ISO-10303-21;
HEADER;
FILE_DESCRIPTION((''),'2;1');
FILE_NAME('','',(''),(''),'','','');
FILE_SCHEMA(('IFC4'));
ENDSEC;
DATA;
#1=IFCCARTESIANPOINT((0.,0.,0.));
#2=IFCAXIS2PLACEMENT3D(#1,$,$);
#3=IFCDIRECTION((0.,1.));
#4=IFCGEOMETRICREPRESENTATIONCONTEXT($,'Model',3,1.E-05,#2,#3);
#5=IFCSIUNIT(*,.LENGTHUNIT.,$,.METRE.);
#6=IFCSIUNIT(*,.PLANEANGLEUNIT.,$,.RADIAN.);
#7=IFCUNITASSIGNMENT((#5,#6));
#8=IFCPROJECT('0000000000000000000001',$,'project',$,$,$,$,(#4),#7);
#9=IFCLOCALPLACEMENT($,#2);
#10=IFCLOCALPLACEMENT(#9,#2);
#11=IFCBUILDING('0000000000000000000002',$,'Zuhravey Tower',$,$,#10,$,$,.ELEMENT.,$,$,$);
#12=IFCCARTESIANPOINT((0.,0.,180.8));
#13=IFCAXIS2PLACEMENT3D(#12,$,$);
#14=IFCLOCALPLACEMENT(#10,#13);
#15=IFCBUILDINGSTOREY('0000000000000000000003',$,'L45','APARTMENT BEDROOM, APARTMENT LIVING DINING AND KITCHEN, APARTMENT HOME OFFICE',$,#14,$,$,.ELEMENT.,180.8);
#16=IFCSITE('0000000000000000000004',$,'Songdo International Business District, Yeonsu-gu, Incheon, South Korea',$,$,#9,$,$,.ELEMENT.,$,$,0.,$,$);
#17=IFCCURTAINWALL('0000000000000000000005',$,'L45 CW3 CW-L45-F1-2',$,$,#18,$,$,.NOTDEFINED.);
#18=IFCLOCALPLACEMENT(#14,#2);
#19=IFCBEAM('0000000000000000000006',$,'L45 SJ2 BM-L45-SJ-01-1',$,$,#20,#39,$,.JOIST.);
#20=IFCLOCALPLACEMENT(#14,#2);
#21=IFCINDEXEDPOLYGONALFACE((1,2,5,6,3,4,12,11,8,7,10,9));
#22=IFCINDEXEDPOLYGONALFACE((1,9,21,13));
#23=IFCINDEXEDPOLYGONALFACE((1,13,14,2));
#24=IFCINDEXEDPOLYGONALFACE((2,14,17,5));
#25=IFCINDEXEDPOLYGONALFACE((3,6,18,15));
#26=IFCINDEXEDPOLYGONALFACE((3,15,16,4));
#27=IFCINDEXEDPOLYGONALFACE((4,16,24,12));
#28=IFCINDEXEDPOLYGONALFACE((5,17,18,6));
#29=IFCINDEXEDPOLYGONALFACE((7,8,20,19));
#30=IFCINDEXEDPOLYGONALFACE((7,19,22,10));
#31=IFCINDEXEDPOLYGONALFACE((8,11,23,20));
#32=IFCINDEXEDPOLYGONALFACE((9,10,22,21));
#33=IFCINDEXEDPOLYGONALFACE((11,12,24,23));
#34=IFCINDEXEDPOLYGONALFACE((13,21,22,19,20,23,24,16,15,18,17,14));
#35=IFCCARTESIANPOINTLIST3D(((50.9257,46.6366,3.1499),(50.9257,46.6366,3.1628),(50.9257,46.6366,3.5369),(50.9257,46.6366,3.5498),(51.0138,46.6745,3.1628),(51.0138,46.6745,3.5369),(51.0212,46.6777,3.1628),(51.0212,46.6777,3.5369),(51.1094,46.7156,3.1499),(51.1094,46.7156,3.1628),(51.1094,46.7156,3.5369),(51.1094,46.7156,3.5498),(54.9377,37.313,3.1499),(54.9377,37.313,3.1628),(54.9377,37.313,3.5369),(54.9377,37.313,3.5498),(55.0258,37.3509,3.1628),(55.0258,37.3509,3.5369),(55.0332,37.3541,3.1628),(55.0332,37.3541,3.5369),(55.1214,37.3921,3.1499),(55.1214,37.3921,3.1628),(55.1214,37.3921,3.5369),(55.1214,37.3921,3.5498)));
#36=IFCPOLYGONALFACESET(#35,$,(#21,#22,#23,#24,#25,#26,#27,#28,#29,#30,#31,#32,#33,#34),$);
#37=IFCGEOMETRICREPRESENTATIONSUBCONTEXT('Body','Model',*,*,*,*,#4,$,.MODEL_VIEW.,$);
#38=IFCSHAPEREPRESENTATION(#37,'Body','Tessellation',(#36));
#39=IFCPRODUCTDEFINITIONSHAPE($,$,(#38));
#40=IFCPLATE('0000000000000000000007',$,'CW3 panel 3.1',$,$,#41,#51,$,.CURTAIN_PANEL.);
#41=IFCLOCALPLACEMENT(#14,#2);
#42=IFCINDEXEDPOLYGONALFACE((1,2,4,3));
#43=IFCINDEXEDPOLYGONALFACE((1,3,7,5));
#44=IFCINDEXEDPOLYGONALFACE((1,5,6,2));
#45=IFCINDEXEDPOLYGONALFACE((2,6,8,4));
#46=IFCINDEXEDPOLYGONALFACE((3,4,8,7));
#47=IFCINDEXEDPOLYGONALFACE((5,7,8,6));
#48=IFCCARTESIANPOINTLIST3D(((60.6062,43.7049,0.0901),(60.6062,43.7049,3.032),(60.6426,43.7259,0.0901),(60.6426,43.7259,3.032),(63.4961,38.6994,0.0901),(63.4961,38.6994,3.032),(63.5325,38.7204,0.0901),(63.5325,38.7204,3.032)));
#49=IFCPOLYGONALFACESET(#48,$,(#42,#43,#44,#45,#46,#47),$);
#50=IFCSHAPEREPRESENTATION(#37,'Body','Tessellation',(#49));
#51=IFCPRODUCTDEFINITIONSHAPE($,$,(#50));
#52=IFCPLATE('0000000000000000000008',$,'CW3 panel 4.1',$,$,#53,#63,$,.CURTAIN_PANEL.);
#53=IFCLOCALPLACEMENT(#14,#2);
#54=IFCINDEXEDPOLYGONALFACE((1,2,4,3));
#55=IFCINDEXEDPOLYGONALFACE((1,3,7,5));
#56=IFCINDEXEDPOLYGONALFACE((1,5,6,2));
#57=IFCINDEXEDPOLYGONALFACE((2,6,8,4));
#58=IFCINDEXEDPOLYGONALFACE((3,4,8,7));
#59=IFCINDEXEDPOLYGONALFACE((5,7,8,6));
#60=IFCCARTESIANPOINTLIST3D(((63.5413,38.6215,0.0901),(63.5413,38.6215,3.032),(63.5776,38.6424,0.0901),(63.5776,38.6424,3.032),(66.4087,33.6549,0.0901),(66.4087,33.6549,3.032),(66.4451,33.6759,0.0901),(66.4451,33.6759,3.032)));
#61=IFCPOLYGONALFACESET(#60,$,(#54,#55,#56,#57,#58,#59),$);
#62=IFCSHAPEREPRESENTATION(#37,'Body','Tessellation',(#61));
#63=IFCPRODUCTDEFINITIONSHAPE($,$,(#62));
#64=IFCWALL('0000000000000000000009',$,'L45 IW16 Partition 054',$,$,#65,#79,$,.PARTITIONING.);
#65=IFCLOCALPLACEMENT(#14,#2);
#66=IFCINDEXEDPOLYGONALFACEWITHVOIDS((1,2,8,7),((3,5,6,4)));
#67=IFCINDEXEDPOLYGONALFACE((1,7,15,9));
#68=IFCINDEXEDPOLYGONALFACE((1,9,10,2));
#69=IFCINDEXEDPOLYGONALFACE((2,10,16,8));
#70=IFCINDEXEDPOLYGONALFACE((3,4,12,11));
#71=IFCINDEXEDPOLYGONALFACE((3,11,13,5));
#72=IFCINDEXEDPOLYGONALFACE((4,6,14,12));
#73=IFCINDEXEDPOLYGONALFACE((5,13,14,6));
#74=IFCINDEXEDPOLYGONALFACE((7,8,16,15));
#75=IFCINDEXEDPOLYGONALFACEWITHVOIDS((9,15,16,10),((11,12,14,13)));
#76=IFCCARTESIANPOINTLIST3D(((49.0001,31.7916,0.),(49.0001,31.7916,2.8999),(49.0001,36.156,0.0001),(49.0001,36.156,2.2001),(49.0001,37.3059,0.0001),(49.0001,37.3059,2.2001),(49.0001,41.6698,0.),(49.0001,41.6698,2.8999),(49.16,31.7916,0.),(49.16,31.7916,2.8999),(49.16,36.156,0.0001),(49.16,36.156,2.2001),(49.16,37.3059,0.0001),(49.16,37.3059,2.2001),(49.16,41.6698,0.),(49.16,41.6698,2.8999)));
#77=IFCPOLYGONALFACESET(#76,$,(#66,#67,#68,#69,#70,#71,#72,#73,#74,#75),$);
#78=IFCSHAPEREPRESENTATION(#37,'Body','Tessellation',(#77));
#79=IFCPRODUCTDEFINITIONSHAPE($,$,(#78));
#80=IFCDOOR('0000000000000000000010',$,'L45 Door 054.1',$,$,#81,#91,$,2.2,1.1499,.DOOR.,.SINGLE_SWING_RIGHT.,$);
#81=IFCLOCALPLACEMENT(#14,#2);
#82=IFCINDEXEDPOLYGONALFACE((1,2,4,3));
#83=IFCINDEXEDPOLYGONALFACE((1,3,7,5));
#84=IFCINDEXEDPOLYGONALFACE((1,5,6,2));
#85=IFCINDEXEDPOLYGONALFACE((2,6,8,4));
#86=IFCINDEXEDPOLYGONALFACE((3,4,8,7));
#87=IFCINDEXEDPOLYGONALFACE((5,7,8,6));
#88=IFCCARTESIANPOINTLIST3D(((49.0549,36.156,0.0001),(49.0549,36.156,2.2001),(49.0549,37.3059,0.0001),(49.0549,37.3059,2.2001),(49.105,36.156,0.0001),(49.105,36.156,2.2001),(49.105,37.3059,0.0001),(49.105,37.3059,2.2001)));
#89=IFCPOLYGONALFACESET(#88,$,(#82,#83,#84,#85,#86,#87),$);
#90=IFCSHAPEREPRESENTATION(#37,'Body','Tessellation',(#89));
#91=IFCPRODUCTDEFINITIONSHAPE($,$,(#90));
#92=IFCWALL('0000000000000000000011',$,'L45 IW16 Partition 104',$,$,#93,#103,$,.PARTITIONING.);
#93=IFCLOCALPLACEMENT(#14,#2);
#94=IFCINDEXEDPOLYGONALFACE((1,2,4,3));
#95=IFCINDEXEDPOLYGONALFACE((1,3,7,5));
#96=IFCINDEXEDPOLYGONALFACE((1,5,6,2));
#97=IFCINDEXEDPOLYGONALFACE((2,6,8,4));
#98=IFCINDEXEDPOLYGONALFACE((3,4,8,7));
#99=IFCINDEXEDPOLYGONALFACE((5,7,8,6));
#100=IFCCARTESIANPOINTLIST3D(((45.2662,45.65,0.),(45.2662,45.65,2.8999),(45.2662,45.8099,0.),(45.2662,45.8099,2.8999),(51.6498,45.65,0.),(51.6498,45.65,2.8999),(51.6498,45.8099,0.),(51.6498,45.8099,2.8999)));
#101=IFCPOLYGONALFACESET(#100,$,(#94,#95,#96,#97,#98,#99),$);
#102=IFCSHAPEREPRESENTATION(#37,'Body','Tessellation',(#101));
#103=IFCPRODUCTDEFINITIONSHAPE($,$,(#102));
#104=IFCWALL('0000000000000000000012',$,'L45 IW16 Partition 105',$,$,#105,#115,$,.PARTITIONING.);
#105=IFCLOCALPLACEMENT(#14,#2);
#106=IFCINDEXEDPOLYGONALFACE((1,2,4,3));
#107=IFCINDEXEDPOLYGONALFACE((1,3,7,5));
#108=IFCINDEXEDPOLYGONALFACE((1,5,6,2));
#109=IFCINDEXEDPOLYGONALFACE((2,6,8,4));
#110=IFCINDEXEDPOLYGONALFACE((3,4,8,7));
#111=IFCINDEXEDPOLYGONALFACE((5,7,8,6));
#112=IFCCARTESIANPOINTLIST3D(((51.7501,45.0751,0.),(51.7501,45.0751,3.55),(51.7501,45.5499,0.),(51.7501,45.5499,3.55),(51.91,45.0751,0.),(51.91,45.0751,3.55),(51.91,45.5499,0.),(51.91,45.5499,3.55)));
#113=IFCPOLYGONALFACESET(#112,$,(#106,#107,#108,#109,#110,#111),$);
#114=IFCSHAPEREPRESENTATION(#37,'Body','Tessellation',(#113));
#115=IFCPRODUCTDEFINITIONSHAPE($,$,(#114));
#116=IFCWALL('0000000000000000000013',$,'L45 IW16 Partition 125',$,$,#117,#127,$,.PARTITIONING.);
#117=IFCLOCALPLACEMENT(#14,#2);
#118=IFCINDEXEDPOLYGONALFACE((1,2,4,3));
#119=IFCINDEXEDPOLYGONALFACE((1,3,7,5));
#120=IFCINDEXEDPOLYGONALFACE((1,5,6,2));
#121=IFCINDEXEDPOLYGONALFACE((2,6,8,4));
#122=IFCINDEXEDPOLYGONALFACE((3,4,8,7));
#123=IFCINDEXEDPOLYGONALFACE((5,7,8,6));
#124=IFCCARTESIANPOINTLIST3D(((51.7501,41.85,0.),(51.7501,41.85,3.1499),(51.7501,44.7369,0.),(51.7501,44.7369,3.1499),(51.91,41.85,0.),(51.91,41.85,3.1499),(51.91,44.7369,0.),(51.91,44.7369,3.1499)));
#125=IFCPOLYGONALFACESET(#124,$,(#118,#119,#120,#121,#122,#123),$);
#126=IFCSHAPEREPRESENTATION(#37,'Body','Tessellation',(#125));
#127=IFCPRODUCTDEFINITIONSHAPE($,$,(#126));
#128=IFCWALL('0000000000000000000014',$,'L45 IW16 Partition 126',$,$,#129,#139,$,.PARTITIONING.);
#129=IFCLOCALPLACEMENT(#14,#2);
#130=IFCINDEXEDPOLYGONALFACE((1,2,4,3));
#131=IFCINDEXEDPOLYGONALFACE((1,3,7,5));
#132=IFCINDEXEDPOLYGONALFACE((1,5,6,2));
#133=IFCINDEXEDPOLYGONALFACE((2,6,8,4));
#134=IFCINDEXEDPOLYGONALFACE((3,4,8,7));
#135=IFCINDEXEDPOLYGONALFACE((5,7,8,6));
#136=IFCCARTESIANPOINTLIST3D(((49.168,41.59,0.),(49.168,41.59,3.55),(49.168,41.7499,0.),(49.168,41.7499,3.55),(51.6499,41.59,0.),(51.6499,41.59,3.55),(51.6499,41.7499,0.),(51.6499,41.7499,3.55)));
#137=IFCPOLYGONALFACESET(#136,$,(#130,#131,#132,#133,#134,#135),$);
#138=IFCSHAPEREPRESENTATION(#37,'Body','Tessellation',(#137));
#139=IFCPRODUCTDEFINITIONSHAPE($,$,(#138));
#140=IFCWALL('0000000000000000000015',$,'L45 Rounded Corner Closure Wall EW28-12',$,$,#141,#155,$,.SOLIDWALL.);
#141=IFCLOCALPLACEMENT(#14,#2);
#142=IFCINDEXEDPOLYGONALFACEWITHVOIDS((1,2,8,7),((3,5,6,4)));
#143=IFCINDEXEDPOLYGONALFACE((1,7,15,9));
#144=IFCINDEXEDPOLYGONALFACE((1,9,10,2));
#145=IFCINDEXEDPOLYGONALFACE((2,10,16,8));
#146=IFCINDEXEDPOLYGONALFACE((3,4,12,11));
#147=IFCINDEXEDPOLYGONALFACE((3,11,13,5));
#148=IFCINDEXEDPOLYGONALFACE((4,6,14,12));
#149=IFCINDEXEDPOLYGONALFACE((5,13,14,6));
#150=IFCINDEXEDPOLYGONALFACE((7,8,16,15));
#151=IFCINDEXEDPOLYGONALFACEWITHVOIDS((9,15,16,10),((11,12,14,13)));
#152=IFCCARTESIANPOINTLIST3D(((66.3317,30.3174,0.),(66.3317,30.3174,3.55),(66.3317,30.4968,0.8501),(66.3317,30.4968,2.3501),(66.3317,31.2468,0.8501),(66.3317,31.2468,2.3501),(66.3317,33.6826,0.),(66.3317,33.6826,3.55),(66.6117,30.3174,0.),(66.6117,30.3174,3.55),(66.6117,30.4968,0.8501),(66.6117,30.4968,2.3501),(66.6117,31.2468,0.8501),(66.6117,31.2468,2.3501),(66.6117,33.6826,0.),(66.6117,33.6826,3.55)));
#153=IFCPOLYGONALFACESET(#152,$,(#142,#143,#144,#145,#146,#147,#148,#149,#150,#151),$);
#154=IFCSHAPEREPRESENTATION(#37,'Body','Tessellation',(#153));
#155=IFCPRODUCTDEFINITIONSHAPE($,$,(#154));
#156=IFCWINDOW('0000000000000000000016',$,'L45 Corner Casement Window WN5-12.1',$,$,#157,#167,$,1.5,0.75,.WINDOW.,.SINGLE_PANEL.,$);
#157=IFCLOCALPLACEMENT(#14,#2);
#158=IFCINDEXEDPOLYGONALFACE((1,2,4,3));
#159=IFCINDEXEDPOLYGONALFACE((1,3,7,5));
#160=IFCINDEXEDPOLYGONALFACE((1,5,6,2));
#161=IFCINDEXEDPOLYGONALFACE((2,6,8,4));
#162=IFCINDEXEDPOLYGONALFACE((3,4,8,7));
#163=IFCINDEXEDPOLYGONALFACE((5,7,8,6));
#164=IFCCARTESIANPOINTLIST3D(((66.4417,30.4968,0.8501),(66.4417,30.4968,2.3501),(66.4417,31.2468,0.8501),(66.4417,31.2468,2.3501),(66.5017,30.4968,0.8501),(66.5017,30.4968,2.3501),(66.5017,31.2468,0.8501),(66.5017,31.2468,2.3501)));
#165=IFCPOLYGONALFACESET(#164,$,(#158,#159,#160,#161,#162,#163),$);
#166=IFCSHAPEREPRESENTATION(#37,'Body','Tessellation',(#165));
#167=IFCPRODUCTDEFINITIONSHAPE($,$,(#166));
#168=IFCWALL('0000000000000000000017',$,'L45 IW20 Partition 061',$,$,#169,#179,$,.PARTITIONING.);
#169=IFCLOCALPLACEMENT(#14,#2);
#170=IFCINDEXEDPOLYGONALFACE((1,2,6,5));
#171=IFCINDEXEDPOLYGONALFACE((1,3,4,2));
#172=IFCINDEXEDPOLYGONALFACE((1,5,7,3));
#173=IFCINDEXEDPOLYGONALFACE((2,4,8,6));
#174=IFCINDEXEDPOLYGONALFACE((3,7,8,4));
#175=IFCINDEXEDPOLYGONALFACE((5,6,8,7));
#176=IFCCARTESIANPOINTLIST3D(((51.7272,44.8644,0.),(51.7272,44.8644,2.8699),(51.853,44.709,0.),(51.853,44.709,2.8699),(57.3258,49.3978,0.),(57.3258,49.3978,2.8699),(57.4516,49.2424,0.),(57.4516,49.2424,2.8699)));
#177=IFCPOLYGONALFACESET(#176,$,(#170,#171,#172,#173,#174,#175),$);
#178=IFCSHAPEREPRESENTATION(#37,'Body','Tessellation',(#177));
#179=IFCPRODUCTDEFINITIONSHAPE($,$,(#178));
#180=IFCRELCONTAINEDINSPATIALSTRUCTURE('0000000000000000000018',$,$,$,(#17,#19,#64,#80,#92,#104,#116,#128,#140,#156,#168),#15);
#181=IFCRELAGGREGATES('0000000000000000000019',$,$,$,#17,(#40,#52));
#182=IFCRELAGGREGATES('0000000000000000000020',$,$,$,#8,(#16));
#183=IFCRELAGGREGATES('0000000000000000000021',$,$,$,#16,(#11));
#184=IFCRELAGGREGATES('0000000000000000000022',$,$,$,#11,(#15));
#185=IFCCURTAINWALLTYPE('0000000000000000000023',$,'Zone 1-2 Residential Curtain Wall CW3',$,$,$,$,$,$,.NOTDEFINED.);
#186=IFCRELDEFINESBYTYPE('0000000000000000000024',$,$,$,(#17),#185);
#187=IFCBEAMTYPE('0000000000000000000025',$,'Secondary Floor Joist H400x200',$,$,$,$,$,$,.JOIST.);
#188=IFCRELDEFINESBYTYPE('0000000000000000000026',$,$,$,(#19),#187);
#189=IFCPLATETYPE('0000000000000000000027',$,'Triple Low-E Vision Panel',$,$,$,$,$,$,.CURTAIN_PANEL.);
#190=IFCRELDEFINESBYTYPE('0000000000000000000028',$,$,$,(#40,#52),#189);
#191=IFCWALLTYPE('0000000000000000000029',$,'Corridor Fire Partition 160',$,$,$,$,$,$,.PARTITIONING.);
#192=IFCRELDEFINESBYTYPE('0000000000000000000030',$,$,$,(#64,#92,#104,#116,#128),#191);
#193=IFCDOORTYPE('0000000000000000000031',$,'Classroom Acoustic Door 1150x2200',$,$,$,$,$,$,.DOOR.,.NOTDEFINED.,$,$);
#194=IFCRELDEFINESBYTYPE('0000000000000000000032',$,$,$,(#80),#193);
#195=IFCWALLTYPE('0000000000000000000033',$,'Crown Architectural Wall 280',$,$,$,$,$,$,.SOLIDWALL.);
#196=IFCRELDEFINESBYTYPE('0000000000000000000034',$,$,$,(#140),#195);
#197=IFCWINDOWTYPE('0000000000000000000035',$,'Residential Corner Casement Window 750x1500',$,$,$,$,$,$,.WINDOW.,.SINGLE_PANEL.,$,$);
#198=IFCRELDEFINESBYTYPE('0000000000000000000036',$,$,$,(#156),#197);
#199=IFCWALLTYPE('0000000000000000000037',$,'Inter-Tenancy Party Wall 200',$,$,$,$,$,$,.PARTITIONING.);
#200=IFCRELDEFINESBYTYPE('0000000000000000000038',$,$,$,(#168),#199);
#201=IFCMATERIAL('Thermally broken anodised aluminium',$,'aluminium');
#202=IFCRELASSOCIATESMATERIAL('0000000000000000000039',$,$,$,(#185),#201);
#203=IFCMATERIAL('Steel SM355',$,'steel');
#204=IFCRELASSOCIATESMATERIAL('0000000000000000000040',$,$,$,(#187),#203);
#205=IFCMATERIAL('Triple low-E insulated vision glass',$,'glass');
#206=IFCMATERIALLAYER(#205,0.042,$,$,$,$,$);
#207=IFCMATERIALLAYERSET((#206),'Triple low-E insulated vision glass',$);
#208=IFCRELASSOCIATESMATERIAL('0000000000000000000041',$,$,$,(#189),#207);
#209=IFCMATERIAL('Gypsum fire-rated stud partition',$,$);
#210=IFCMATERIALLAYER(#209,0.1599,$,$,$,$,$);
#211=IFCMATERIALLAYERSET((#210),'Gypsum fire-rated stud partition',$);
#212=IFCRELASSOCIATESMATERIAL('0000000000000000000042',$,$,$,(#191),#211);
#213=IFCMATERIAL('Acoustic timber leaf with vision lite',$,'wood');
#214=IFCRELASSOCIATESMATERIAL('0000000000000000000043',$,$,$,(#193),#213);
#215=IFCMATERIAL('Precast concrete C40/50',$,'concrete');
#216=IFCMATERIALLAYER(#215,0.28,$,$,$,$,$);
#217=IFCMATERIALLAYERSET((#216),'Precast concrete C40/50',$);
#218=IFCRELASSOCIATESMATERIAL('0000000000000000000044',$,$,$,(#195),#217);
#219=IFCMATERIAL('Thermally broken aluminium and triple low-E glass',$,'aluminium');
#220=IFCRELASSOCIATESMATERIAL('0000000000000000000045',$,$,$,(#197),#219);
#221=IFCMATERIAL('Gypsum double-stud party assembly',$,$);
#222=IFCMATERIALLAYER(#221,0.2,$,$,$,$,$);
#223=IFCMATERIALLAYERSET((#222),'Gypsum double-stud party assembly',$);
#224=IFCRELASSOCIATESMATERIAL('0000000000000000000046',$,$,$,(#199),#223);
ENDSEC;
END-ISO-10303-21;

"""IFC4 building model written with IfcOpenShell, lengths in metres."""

from ifc_helpers import new_model, si_unit, direction, frame, frame_2d, origin, origin_2d, place, context, subcontext, project, spatial, rectangle, i_section, extrude, material, layer, layer_set, material_profile, profile_set, type_object, element, fill, aggregate, save


model = new_model("IFC4")

# Units and contexts
model_context = context("Model", 3, precision=1e-05, world=origin(), true_north=direction((0.0, 1.0)))
body_context = subcontext(model_context, "Body", "Model", "MODEL_VIEW")
ifc_project = project(units=[si_unit("LENGTHUNIT", "METRE"), si_unit("PLANEANGLEUNIT", "RADIAN")], contexts=[model_context])

# Site, building, storey
site_placement = place(None, origin())
site = spatial("IfcSite", under=ifc_project, at=site_placement, Name="Songdo International Business District, Yeonsu-gu, Incheon, South Korea", CompositionType="ELEMENT", RefElevation=0.0)
building_placement = place(site_placement, origin())
building = spatial("IfcBuilding", under=site, at=building_placement, Name="Zuhravey Tower", CompositionType="ELEMENT")
storey_placement = place(building_placement, frame((0.0, 0.0, 180.8)))
storey = spatial("IfcBuildingStorey", under=building, at=storey_placement, Name="L45", Description="APARTMENT BEDROOM, APARTMENT LIVING DINING AND KITCHEN, APARTMENT HOME OFFICE", CompositionType="ELEMENT", Elevation=180.8)

# Curtain wall
ifc_material_1 = material(Name="Thermally broken anodised aluminium", Category="aluminium")
curtain_wall_type = type_object("IfcCurtainWallType", Name="Zone 1-2 Residential Curtain Wall CW3", PredefinedType="NOTDEFINED", material=ifc_material_1)
curtain_wall_placement = place(storey_placement, origin())
curtain_wall = element("IfcCurtainWall", 1, at=curtain_wall_placement, inside=storey, type_object=curtain_wall_type, Name="L45 CW3 CW-L45-F1-2", PredefinedType="NOTDEFINED")

# Beam
ifc_material_2 = material(Name="Steel SM355", Category="steel")
ifc_material_profile_1 = material_profile(ifc_material_2, i_section(OverallWidth=0.2, OverallDepth=0.3999, WebThickness=0.0081, FlangeThickness=0.0129, at=origin_2d()), Name="H-400x200x8x13")
ifc_profile_set_1 = profile_set([ifc_material_profile_1], Name="Steel SM355")
beam_type_1 = type_object("IfcBeamType", Name="Secondary Floor Joist H400x200", PredefinedType="JOIST", material=ifc_profile_set_1)
beam_1_placement = place(storey_placement, frame((55.0295, 37.3525, 3.3499), z_axis=(-0.395266, 0.918567, 0.0), x_axis=(-0.918567, -0.395266, 0.0)))
element("IfcBeam", 2, at=beam_1_placement, inside=storey, type_object=beam_type_1, Name="L45 SJ2 BM-L45-SJ-01-1", PredefinedType="JOIST", context=body_context, shape_type="SweptSolid", body=[
    extrude(i_section(OverallWidth=0.2, OverallDepth=0.3999, WebThickness=0.0081, FlangeThickness=0.0129, at=origin_2d()), origin(), (0.0, 0.0, 1.0), 10.1501),
])

# Plates
ifc_material_3 = material(Name="Triple low-E insulated vision glass", Category="glass")
ifc_layer_1 = layer(ifc_material_3, 0.042)
ifc_layer_set_1 = layer_set([ifc_layer_1], Name="Triple low-E insulated vision glass")
plate_type = type_object("IfcPlateType", Name="Triple Low-E Vision Panel", PredefinedType="CURTAIN_PANEL", material=ifc_layer_set_1)
plate_1_placement = place(storey_placement, frame((62.0693, 41.2126, 0.0901), z_axis=(0.0, 0.0, 1.0), x_axis=(0.500001, -0.866025, 0.0)))
plate_1 = element("IfcPlate", 3, at=plate_1_placement, type_object=plate_type, Name="CW3 panel 3.1", PredefinedType="CURTAIN_PANEL", context=body_context, shape_type="SweptSolid", body=[
    extrude(rectangle(XDim=5.7798, YDim=0.042, at=origin_2d()), origin(), (0.0, 0.0, 1.0), 2.9419),
])
plate_2_placement = place(storey_placement, frame((64.9932, 36.1487, 0.0901), z_axis=(0.0, 0.0, 1.0), x_axis=(0.500001, -0.866025, 0.0)))
plate_2 = element("IfcPlate", 4, at=plate_2_placement, type_object=plate_type, Name="CW3 panel 4.1", PredefinedType="CURTAIN_PANEL", context=body_context, shape_type="SweptSolid", body=[
    extrude(rectangle(XDim=5.7349, YDim=0.042, at=origin_2d()), origin(), (0.0, 0.0, 1.0), 2.9419),
])
aggregate(curtain_wall, [plate_1, plate_2])

# Wall, opening, door
ifc_material_4 = material(Name="Gypsum fire-rated stud partition")
ifc_layer_2 = layer(ifc_material_4, 0.1599)
ifc_layer_set_2 = layer_set([ifc_layer_2], Name="Gypsum fire-rated stud partition")
wall_type_1 = type_object("IfcWallType", Name="Corridor Fire Partition 160", PredefinedType="PARTITIONING", material=ifc_layer_set_2)
wall_1_placement = place(storey_placement, frame((49.0801, 31.7917, 0.0), z_axis=(0.0, 0.0, 1.0), x_axis=(0.0, 1.0, 0.0)))
wall_1 = element("IfcWall", 5, at=wall_1_placement, inside=storey, type_object=wall_type_1, Name="L45 IW16 Partition 054", PredefinedType="PARTITIONING", context=body_context, shape_type="SweptSolid", body=[
    extrude(rectangle(XDim=9.8782, YDim=0.1599, at=frame_2d((4.939, 0.0))), origin(), (0.0, 0.0, 1.0), 2.8999),
])
opening_1_placement = place(wall_1_placement, frame((4.3643, 0.0, 0.0)))
opening_1 = element("IfcOpeningElement", 6, at=opening_1_placement, cuts=wall_1, PredefinedType="OPENING", context=body_context, shape_type="SweptSolid", body=[
    extrude(rectangle(XDim=1.1499, YDim=2.2, at=frame_2d((0.575, 1.1001))), frame((0.0, 0.092, 0.0), z_axis=(0.0, -1.0, 0.0), x_axis=(1.0, 0.0, 0.0)), (0.0, 0.0, 1.0), 0.1838),
])
ifc_material_5 = material(Name="Acoustic timber leaf with vision lite", Category="wood")
door_type = type_object("IfcDoorType", Name="Classroom Acoustic Door 1150x2200", OperationType="NOTDEFINED", PredefinedType="DOOR", material=ifc_material_5)
door_placement = place(opening_1_placement, frame((1.1499, 0.0, 0.0), z_axis=(0.0, 0.0, 1.0), x_axis=(-1.0, 0.0, 0.0)))
door = element("IfcDoor", 7, at=door_placement, inside=storey, type_object=door_type, Name="L45 Door 054.1", OperationType="SINGLE_SWING_RIGHT", OverallHeight=2.2, OverallWidth=1.1499, PredefinedType="DOOR", context=body_context, shape_type="SweptSolid", body=[
    extrude(rectangle(XDim=1.1499, YDim=2.2, at=frame_2d((0.575, 1.1001))), frame((0.0, 0.0249, 0.0), z_axis=(0.0, -1.0, 0.0), x_axis=(1.0, 0.0, 0.0)), (0.0, 0.0, 1.0), 0.05),
])
fill(opening_1, door)

# Walls
wall_2_placement = place(storey_placement, frame((51.6499, 45.73, 0.0), z_axis=(0.0, 0.0, 1.0), x_axis=(-1.0, 0.0, 0.0)))
element("IfcWall", 8, at=wall_2_placement, inside=storey, type_object=wall_type_1, Name="L45 IW16 Partition 104", PredefinedType="PARTITIONING", context=body_context, shape_type="SweptSolid", body=[
    extrude(rectangle(XDim=6.3835, YDim=0.1599, at=frame_2d((3.1919, 0.0))), origin(), (0.0, 0.0, 1.0), 2.8999),
])
wall_3_placement = place(storey_placement, frame((51.8301, 45.0752, 0.0), z_axis=(0.0, 0.0, 1.0), x_axis=(0.0, 1.0, 0.0)))
element("IfcWall", 9, at=wall_3_placement, inside=storey, type_object=wall_type_1, Name="L45 IW16 Partition 105", PredefinedType="PARTITIONING", context=body_context, shape_type="SweptSolid", body=[
    extrude(rectangle(XDim=0.4749, YDim=0.1599, at=frame_2d((0.2373, 0.0))), origin(), (0.0, 0.0, 1.0), 3.55),
])
wall_4_placement = place(storey_placement, frame((51.8301, 41.8501, 0.0), z_axis=(0.0, 0.0, 1.0), x_axis=(0.0, 1.0, 0.0)))
element("IfcWall", 10, at=wall_4_placement, inside=storey, type_object=wall_type_1, Name="L45 IW16 Partition 125", PredefinedType="PARTITIONING", context=body_context, shape_type="SweptSolid", body=[
    extrude(rectangle(XDim=2.887, YDim=0.1599, at=frame_2d((1.4434, 0.0))), origin(), (0.0, 0.0, 1.0), 3.1499),
])
wall_5_placement = place(storey_placement, frame((49.168, 41.6699, 0.0), z_axis=(0.0, 0.0, 1.0), x_axis=(1.0, 0.0, 0.0)))
element("IfcWall", 11, at=wall_5_placement, inside=storey, type_object=wall_type_1, Name="L45 IW16 Partition 126", PredefinedType="PARTITIONING", context=body_context, shape_type="SweptSolid", body=[
    extrude(rectangle(XDim=2.4819, YDim=0.1599, at=frame_2d((1.241, 0.0))), origin(), (0.0, 0.0, 1.0), 3.55),
])

# Wall, opening, window
ifc_material_6 = material(Name="Precast concrete C40/50", Category="concrete")
ifc_layer_3 = layer(ifc_material_6, 0.28)
ifc_layer_set_3 = layer_set([ifc_layer_3], Name="Precast concrete C40/50")
wall_type_2 = type_object("IfcWallType", Name="Crown Architectural Wall 280", PredefinedType="SOLIDWALL", material=ifc_layer_set_3)
wall_6_placement = place(storey_placement, frame((66.4717, 33.6826, 0.0), z_axis=(0.0, 0.0, 1.0), x_axis=(0.0, -1.0, 0.0)))
wall_6 = element("IfcWall", 12, at=wall_6_placement, inside=storey, type_object=wall_type_2, Name="L45 Rounded Corner Closure Wall EW28-12", PredefinedType="SOLIDWALL", context=body_context, shape_type="SweptSolid", body=[
    extrude(rectangle(XDim=3.3652, YDim=0.28, at=frame_2d((1.6826, 0.0))), origin(), (0.0, 0.0, 1.0), 3.55),
])
opening_2_placement = place(wall_6_placement, frame((2.4358, 0.0, 0.8501)))
opening_2 = element("IfcOpeningElement", 13, at=opening_2_placement, cuts=wall_6, PredefinedType="OPENING", context=body_context, shape_type="SweptSolid", body=[
    extrude(rectangle(XDim=0.75, YDim=1.5, at=frame_2d((0.375, 0.75))), frame((0.0, 0.1521, 0.0), z_axis=(0.0, -1.0, 0.0), x_axis=(1.0, 0.0, 0.0)), (0.0, 0.0, 1.0), 0.304),
])
ifc_material_7 = material(Name="Thermally broken aluminium and triple low-E glass", Category="aluminium")
window_type = type_object("IfcWindowType", Name="Residential Corner Casement Window 750x1500", PartitioningType="SINGLE_PANEL", PredefinedType="WINDOW", material=ifc_material_7)
window_placement = place(opening_2_placement, origin())
window = element("IfcWindow", 14, at=window_placement, inside=storey, type_object=window_type, Name="L45 Corner Casement Window WN5-12.1", OverallHeight=1.5, OverallWidth=0.75, PartitioningType="SINGLE_PANEL", PredefinedType="WINDOW", context=body_context, shape_type="SweptSolid", body=[
    extrude(rectangle(XDim=0.75, YDim=1.5, at=frame_2d((0.375, 0.75))), frame((0.0, 0.03, 0.0), z_axis=(0.0, -1.0, 0.0), x_axis=(1.0, 0.0, 0.0)), (0.0, 0.0, 1.0), 0.0601),
])
fill(opening_2, window)

# Wall
ifc_material_8 = material(Name="Gypsum double-stud party assembly")
ifc_layer_4 = layer(ifc_material_8, 0.2)
ifc_layer_set_4 = layer_set([ifc_layer_4], Name="Gypsum double-stud party assembly")
wall_type_3 = type_object("IfcWallType", Name="Inter-Tenancy Party Wall 200", PredefinedType="PARTITIONING", material=ifc_layer_set_4)
wall_7_placement = place(storey_placement, frame((51.79, 44.7866, 0.0), z_axis=(0.0, 0.0, 1.0), x_axis=(0.777162, 0.629301, 0.0)))
element("IfcWall", 15, at=wall_7_placement, inside=storey, type_object=wall_type_3, Name="L45 IW20 Partition 061", PredefinedType="PARTITIONING", context=body_context, shape_type="SweptSolid", body=[
    extrude(rectangle(XDim=7.2039, YDim=0.2, at=frame_2d((3.6021, 0.0))), origin(), (0.0, 0.0, 1.0), 2.8699),
])

save(model, "model.ifc")
